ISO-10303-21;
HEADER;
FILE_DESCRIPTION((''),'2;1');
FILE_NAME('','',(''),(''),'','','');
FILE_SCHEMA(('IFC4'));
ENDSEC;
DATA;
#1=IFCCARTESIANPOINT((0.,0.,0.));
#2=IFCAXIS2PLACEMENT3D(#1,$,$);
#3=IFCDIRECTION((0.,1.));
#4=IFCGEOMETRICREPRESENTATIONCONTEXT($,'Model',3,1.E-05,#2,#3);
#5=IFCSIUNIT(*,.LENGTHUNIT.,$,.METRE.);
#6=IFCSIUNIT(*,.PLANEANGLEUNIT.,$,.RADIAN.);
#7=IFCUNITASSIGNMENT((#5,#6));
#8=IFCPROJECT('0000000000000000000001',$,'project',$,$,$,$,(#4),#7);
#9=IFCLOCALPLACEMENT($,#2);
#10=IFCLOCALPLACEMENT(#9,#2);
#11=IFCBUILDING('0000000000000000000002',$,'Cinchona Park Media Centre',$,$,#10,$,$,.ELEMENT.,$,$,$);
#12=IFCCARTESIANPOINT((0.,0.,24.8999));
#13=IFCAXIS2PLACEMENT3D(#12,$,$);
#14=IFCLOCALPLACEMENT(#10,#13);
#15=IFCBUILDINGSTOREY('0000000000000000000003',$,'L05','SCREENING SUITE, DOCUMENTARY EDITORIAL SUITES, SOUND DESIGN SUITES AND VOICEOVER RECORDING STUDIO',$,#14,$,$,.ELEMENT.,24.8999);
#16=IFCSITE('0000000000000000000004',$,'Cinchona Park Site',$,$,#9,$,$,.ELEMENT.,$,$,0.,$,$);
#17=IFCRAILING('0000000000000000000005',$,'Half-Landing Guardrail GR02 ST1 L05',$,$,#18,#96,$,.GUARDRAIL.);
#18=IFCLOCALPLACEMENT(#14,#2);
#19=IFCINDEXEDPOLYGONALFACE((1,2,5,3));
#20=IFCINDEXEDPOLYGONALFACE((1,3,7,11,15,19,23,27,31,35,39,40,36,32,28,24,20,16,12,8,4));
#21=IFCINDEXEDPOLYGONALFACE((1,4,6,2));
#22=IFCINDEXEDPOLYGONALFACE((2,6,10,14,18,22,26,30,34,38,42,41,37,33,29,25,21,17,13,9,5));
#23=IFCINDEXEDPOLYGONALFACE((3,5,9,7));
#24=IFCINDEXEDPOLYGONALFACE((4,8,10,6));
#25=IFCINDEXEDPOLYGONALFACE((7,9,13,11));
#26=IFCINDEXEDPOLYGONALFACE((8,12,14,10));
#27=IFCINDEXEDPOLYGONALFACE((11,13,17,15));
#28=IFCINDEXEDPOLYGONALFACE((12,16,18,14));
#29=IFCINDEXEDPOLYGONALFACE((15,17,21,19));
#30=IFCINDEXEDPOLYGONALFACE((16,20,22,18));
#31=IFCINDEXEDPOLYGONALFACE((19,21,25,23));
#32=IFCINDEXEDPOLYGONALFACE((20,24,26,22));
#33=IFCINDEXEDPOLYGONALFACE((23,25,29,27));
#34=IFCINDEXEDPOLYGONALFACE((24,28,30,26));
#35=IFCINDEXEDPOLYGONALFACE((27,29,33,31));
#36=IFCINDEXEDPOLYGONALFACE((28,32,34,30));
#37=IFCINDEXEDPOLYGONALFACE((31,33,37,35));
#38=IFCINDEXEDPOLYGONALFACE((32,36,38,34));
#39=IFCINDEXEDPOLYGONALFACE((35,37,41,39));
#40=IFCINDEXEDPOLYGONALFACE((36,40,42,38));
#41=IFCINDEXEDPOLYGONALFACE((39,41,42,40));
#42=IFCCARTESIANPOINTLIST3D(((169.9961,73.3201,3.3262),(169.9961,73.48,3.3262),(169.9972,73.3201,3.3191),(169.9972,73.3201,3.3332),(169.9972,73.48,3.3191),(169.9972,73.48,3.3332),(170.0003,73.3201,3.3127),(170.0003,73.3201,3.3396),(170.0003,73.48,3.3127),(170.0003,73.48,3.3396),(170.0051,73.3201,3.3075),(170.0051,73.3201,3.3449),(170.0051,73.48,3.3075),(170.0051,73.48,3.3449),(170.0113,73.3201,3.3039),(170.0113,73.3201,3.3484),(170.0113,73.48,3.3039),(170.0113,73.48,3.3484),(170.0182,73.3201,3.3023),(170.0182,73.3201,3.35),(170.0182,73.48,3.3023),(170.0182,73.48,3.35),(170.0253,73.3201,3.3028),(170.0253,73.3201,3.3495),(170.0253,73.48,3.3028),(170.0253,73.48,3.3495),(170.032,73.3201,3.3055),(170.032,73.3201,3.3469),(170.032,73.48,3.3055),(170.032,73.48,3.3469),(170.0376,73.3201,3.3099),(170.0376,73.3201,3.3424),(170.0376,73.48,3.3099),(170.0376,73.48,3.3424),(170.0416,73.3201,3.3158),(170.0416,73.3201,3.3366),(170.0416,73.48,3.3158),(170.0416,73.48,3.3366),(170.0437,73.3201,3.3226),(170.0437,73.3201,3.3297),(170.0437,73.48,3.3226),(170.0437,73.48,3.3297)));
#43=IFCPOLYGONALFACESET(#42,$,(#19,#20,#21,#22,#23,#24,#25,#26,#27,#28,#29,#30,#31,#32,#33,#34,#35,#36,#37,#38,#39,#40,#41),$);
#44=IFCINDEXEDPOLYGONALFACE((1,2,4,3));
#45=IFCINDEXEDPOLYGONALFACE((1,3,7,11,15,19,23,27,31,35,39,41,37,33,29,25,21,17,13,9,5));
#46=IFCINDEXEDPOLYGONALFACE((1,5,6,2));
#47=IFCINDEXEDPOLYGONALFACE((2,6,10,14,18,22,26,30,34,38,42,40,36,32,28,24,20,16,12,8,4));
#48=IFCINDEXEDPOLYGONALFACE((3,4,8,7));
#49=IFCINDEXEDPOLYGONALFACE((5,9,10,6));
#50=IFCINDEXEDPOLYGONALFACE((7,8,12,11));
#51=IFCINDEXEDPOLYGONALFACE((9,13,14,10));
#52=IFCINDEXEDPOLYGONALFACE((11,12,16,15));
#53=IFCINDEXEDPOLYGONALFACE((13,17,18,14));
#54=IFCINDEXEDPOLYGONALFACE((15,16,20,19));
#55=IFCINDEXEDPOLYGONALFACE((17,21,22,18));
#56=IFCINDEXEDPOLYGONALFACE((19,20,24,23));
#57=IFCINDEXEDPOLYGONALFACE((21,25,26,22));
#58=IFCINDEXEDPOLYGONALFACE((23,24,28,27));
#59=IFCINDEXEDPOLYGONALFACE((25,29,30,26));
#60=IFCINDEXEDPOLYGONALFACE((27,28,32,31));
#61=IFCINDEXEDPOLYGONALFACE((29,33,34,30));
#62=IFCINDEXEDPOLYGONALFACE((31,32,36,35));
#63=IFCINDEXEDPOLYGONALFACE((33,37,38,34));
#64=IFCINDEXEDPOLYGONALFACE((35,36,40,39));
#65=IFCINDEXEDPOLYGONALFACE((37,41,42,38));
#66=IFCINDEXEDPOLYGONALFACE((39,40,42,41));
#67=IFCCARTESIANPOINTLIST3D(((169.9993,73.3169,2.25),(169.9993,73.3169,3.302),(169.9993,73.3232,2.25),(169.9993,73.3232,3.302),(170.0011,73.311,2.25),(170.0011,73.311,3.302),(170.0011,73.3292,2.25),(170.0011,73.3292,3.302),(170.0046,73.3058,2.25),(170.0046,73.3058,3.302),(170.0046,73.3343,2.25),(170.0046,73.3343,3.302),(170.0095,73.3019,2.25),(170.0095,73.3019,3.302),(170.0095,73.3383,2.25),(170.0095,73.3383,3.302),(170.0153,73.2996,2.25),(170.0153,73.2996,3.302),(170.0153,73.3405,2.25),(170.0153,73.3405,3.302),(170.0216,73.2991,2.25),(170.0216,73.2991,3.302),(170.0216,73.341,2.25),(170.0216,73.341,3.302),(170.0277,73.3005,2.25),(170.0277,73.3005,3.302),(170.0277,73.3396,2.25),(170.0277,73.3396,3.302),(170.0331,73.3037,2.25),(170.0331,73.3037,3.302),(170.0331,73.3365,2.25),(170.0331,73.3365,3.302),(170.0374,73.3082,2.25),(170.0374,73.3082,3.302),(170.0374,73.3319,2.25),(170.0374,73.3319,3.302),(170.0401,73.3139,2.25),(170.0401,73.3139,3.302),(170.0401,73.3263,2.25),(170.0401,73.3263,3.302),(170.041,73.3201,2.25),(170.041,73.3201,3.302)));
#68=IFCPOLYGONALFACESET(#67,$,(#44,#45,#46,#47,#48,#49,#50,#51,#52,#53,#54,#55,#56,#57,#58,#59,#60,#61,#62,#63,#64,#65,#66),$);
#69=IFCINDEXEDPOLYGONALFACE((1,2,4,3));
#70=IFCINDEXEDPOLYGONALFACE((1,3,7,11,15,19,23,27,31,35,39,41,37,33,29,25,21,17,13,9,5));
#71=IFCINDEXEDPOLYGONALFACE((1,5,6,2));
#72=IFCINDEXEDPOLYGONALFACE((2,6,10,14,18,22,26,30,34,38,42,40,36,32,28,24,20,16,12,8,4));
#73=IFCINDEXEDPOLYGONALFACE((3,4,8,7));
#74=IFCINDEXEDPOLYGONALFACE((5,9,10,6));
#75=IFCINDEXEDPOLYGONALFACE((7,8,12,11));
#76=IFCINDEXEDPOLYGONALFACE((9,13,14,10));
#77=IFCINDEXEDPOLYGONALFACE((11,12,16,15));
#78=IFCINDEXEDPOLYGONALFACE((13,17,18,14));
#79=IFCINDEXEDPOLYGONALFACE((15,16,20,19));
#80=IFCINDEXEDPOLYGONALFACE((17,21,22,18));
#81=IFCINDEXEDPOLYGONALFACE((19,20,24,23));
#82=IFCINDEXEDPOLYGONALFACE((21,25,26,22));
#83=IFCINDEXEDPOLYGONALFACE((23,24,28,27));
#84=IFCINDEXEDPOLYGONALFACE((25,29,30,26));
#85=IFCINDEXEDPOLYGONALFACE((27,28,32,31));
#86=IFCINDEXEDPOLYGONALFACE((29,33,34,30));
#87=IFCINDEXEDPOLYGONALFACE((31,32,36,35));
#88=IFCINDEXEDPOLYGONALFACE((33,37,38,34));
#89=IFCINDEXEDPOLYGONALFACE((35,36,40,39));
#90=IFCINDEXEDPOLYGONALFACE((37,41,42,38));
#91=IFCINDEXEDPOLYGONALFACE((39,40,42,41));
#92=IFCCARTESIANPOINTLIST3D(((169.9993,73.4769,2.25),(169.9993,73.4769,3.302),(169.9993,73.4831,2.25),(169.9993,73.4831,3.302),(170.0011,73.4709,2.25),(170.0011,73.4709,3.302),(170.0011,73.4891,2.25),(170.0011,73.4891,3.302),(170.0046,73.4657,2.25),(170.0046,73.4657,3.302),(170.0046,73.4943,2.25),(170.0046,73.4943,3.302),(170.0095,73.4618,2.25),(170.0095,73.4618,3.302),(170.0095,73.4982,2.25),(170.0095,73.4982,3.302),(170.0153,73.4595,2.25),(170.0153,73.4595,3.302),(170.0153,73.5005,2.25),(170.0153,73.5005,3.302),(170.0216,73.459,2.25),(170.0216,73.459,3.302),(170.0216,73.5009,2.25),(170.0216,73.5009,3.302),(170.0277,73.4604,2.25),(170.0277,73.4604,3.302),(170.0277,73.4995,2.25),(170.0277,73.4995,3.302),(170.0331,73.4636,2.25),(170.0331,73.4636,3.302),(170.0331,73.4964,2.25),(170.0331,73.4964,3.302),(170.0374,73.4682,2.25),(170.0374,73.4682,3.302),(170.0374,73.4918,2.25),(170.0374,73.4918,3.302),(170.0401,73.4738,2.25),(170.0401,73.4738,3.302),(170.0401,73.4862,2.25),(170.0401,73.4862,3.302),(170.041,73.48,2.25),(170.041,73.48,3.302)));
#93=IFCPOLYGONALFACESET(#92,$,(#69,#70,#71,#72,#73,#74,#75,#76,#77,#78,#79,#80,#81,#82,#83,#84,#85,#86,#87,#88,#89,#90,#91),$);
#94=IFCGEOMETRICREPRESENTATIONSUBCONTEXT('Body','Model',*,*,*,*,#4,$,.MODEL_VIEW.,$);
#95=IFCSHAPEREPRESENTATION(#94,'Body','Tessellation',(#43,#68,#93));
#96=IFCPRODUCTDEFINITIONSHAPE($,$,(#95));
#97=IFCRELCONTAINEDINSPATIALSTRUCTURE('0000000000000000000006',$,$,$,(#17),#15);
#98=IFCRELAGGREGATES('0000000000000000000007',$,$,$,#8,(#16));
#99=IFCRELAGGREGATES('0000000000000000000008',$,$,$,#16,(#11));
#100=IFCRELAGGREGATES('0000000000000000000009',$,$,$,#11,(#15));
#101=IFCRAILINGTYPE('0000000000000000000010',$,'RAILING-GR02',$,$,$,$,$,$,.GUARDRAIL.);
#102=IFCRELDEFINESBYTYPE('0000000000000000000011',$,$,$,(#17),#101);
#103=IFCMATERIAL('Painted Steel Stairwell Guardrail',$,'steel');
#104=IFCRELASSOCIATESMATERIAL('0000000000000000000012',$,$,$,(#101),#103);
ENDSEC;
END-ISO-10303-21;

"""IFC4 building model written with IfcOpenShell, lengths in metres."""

from ifc_helpers import new_model, si_unit, direction, frame, origin, origin_2d, place, context, subcontext, project, spatial, circle, extrude, material, type_object, element, save


model = new_model("IFC4")

# Units and contexts
model_context = context("Model", 3, precision=1e-05, world=origin(), true_north=direction((0.0, 1.0)))
body_context = subcontext(model_context, "Body", "Model", "MODEL_VIEW")
ifc_project = project(units=[si_unit("LENGTHUNIT", "METRE"), si_unit("PLANEANGLEUNIT", "RADIAN")], contexts=[model_context])

# Site, building, storey
site_placement = place(None, origin())
site = spatial("IfcSite", under=ifc_project, at=site_placement, Name="Cinchona Park Site", CompositionType="ELEMENT", RefElevation=0.0)
building_placement = place(site_placement, origin())
building = spatial("IfcBuilding", under=site, at=building_placement, Name="Cinchona Park Media Centre", CompositionType="ELEMENT")
storey_placement = place(building_placement, frame((0.0, 0.0, 24.8999)))
storey = spatial("IfcBuildingStorey", under=building, at=storey_placement, Name="L05", Description="SCREENING SUITE, DOCUMENTARY EDITORIAL SUITES, SOUND DESIGN SUITES AND VOICEOVER RECORDING STUDIO", CompositionType="ELEMENT", Elevation=24.8999)

# Railing
ifc_material_1 = material(Name="Painted Steel Stairwell Guardrail", Category="steel")
railing_type_1 = type_object("IfcRailingType", Name="RAILING-GR02", PredefinedType="GUARDRAIL", material=ifc_material_1)
for number, where, name in (
    (1, (170.02, 73.3201, 2.25), "Half-Landing Guardrail GR02 ST1 L05"),
):
    element("IfcRailing", number, at=place(storey_placement, frame(where)), inside=storey, type_object=railing_type_1, Name=name, PredefinedType="GUARDRAIL", context=body_context, shape_type="SweptSolid", body=[
        extrude(circle(Radius=0.0239, at=origin_2d()), frame((0.0, 0.0, 1.0762), z_axis=(0.0, 1.0, 0.0), x_axis=(-1.0, 0.0, 0.0)), (0.0, 0.0, 1.0), 0.1599),
        extrude(circle(Radius=0.021, at=origin_2d()), origin(), (0.0, 0.0, 1.0), 1.052),
        extrude(circle(Radius=0.021, at=origin_2d()), frame((0.0, 0.1599, 0.0)), (0.0, 0.0, 1.0), 1.052),
    ])

save(model, "model.ifc")
